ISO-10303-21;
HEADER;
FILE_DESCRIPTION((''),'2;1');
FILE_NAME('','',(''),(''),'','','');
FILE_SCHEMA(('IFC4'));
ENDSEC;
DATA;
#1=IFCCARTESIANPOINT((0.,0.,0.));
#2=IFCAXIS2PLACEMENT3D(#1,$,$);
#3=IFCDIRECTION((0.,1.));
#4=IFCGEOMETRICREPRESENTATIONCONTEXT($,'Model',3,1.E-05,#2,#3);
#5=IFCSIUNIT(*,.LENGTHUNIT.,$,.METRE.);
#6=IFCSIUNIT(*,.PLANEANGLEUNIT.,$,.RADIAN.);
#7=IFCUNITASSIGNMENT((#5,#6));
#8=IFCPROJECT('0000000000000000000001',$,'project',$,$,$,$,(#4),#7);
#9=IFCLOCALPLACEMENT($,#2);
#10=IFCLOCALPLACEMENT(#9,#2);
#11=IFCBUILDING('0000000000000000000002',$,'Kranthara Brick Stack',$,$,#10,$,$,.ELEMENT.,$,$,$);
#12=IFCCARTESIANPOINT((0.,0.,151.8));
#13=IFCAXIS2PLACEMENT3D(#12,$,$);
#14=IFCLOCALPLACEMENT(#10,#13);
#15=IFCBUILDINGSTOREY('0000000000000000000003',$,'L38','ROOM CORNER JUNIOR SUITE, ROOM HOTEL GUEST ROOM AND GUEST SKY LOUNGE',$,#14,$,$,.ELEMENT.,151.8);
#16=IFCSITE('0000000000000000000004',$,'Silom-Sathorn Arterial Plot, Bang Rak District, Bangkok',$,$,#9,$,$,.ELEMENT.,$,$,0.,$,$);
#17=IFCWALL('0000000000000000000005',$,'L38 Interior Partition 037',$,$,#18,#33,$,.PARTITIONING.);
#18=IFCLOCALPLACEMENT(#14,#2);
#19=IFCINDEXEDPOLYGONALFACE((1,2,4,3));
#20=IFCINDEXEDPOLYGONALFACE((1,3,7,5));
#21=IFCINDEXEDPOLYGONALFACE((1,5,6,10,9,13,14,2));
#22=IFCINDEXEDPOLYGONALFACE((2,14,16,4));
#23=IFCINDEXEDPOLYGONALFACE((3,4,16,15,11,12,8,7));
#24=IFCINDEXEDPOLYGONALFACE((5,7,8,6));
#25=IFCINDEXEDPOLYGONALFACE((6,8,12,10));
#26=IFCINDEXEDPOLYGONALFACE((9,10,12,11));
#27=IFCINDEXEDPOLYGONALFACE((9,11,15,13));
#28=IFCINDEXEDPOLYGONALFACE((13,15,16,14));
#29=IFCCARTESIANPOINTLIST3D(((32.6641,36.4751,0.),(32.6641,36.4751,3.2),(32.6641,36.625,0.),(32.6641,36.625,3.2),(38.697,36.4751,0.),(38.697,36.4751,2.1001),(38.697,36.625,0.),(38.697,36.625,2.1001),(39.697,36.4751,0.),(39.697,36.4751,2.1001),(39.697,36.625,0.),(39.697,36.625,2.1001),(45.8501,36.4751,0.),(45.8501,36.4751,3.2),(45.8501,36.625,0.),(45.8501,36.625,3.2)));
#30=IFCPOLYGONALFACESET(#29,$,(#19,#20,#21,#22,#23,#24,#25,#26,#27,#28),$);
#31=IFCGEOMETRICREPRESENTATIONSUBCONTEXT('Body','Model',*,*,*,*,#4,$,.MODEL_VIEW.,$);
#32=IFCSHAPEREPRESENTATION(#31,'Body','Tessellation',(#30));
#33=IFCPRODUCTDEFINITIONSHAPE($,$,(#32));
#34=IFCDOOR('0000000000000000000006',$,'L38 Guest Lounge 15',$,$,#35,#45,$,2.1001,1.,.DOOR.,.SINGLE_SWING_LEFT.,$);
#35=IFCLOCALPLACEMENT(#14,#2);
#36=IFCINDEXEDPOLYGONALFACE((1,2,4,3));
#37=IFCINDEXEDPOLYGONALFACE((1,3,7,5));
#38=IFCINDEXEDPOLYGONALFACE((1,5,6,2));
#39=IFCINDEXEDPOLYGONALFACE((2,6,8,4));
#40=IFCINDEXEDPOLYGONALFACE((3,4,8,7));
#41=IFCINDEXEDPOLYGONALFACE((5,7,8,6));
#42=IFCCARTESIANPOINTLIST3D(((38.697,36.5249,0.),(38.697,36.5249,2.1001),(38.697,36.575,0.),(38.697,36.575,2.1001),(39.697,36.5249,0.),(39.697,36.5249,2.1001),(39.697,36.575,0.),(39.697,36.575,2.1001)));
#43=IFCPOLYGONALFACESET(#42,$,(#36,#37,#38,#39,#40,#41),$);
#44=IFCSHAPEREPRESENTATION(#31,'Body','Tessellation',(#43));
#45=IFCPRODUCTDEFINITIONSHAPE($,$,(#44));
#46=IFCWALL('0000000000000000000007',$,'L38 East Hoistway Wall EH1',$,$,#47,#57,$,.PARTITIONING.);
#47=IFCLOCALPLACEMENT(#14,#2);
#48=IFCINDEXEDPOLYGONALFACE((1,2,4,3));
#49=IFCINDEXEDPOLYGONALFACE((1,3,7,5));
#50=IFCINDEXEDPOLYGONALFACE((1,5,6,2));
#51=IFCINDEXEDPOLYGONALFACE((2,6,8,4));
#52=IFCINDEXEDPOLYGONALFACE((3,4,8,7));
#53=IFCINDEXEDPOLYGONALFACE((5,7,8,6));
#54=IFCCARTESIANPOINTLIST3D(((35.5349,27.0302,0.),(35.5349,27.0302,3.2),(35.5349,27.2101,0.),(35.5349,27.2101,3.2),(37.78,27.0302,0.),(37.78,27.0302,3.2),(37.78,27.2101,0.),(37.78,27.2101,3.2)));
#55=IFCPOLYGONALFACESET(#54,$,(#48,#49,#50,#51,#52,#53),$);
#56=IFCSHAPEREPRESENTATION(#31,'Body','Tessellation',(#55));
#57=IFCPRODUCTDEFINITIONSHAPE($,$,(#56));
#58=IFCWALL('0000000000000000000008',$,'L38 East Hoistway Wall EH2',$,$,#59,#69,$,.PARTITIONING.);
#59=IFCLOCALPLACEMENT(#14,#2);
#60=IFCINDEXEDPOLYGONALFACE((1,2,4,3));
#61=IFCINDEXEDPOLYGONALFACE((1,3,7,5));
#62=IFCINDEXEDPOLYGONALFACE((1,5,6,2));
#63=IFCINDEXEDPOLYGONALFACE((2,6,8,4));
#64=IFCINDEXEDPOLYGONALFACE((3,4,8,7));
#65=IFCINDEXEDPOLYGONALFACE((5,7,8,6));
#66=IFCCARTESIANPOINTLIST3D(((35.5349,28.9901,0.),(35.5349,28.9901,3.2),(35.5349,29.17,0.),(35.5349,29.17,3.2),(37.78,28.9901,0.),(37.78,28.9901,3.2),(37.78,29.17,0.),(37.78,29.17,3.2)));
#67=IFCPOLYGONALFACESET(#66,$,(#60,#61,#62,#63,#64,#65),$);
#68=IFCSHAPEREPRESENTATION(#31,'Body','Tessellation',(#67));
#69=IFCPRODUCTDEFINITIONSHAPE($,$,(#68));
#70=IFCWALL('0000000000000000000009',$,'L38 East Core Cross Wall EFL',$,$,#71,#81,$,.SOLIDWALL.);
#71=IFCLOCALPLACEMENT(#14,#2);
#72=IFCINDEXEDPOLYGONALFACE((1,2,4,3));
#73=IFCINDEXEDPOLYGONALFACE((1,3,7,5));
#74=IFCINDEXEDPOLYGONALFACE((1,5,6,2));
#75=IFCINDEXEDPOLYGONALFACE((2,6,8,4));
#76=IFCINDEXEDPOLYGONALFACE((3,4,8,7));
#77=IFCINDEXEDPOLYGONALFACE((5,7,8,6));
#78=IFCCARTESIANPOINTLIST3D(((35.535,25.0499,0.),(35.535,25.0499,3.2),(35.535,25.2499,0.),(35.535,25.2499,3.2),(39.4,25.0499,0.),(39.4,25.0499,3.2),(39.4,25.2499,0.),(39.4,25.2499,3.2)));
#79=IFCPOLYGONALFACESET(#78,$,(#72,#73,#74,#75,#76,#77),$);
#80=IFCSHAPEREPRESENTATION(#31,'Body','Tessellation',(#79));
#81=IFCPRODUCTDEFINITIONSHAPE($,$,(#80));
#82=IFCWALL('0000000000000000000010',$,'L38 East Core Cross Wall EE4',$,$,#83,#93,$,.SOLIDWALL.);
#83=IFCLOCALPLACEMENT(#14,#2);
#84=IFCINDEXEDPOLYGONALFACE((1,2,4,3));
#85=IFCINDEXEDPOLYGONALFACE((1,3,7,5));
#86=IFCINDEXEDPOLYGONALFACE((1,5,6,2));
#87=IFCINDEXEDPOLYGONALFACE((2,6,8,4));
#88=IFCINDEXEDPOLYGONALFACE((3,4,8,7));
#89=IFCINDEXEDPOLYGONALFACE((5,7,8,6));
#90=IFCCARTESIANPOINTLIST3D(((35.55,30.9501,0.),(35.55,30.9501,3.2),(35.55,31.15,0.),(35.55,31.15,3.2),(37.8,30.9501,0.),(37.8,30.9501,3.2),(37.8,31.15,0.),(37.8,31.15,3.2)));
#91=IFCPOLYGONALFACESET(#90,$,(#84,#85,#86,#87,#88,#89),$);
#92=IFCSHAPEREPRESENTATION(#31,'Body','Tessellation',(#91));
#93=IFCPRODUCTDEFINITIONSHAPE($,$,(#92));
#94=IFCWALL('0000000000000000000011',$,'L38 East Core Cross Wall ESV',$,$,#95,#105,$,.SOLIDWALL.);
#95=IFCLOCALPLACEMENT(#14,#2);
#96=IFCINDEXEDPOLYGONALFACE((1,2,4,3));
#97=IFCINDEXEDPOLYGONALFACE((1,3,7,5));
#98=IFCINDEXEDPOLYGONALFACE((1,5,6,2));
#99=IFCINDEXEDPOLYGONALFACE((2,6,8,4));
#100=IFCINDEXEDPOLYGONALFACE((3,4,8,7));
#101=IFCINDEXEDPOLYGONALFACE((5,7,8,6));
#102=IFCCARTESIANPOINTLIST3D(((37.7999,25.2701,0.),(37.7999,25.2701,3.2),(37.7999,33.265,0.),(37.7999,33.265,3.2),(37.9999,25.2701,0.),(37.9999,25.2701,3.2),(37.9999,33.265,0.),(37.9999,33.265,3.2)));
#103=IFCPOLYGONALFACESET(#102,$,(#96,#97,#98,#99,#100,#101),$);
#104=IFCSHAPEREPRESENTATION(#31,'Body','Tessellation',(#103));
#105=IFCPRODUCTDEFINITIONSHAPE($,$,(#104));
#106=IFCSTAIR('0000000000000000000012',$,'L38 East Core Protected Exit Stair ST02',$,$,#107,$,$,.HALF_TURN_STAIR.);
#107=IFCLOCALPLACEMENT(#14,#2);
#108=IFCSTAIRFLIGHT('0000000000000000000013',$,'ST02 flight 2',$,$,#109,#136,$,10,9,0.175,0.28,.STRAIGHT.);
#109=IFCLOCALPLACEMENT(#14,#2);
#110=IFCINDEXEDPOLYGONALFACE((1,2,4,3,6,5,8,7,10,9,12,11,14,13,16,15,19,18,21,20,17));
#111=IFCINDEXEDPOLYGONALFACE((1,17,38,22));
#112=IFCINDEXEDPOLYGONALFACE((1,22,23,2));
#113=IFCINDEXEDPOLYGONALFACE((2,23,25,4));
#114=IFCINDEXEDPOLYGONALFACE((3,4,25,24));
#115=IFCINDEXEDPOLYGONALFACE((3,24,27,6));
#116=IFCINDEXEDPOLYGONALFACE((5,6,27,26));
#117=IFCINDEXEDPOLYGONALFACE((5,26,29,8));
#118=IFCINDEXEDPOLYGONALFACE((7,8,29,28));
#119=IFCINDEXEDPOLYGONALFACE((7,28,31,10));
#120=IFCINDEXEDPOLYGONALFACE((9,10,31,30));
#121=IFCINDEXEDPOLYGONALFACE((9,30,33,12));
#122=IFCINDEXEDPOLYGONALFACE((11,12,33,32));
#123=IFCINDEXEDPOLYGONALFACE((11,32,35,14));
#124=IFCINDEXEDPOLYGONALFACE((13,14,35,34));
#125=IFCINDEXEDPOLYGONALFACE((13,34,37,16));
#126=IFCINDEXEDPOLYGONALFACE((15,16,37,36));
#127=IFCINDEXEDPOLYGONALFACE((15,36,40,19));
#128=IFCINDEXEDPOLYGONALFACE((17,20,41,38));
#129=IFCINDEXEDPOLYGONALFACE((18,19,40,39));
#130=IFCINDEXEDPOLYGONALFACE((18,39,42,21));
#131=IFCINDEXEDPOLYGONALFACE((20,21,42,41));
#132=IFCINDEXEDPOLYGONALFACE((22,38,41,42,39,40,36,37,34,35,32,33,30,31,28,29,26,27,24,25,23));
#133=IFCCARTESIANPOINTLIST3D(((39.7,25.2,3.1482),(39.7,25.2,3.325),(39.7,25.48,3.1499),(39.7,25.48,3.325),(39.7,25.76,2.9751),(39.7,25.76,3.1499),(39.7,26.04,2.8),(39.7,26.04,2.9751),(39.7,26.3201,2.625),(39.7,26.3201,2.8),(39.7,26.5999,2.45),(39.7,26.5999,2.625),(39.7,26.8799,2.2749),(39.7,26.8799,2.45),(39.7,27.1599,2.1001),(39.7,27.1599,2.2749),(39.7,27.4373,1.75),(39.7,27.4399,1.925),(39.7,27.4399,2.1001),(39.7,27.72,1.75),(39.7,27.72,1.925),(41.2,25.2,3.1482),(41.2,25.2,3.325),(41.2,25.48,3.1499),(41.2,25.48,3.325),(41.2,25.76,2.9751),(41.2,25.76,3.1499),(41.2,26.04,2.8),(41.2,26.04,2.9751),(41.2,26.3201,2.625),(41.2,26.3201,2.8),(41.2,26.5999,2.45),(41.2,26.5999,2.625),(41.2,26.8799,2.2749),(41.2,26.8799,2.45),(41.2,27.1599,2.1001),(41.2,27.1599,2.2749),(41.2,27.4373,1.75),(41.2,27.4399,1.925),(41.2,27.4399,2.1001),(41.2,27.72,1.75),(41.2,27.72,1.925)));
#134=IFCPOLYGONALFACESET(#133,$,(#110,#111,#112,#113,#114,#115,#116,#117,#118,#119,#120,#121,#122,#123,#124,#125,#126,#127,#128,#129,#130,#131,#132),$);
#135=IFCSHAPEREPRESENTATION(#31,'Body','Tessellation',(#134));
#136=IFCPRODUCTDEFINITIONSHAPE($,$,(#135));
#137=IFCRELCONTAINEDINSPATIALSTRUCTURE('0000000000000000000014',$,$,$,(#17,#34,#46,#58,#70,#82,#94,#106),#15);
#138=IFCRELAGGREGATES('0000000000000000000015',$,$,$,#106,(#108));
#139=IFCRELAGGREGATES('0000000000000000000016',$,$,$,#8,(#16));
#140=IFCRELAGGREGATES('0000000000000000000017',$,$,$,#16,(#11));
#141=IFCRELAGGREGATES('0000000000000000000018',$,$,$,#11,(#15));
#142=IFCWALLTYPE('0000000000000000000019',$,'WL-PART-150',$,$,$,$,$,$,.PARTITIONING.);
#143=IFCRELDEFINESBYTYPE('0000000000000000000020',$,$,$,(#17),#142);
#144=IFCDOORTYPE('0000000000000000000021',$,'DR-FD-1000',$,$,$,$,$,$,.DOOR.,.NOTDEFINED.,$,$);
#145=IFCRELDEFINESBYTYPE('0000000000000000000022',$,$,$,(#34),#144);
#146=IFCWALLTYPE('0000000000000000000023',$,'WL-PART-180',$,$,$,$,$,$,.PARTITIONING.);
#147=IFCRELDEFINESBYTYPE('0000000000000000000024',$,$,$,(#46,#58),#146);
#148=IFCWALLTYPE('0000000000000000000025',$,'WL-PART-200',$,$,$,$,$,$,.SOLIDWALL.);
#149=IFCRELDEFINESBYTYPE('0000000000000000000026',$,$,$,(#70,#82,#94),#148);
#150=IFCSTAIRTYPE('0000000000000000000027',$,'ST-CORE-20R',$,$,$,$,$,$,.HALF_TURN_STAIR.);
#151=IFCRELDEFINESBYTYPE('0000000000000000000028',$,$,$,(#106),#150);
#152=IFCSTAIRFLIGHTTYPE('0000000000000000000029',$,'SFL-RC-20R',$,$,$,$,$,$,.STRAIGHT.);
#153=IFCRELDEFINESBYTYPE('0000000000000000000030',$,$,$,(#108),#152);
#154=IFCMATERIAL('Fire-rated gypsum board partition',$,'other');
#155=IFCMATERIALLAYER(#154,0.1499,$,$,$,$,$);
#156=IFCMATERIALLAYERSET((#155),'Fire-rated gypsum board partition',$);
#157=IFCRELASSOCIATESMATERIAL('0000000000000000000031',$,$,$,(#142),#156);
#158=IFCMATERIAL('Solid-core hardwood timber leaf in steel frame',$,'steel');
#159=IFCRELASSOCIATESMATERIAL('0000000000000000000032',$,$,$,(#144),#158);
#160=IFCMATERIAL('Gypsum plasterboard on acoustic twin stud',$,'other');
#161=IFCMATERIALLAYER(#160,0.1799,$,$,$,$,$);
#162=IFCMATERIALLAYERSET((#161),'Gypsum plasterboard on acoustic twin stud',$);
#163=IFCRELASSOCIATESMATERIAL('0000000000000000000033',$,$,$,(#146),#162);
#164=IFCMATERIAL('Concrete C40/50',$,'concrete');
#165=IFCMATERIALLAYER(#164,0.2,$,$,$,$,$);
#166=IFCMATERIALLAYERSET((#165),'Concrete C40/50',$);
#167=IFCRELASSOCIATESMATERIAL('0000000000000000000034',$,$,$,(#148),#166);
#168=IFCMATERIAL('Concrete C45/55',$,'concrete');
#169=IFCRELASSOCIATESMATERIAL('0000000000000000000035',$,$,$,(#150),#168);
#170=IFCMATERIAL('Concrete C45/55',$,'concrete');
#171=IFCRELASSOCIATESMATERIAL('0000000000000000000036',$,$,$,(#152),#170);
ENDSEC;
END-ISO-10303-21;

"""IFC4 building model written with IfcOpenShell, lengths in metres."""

from ifc_helpers import new_model, si_unit, direction, frame, frame_2d, origin, place, context, subcontext, project, spatial, polyline, rectangle, outline, extrude, material, layer, layer_set, type_object, element, fill, aggregate, save


model = new_model("IFC4")

# Units and contexts
model_context = context("Model", 3, precision=1e-05, world=origin(), true_north=direction((0.0, 1.0)))
body_context = subcontext(model_context, "Body", "Model", "MODEL_VIEW")
ifc_project = project(units=[si_unit("LENGTHUNIT", "METRE"), si_unit("PLANEANGLEUNIT", "RADIAN")], contexts=[model_context])

# Site, building, storey
site_placement = place(None, origin())
site = spatial("IfcSite", under=ifc_project, at=site_placement, Name="Silom-Sathorn Arterial Plot, Bang Rak District, Bangkok", CompositionType="ELEMENT", RefElevation=0.0)
building_placement = place(site_placement, origin())
building = spatial("IfcBuilding", under=site, at=building_placement, Name="Kranthara Brick Stack", CompositionType="ELEMENT")
storey_placement = place(building_placement, frame((0.0, 0.0, 151.8)))
storey = spatial("IfcBuildingStorey", under=building, at=storey_placement, Name="L38", Description="ROOM CORNER JUNIOR SUITE, ROOM HOTEL GUEST ROOM AND GUEST SKY LOUNGE", CompositionType="ELEMENT", Elevation=151.8)

# Shared definitions
ifc_material_1 = material(Name="Fire-rated gypsum board partition", Category="other")
ifc_layer_1 = layer(ifc_material_1, 0.1499)
ifc_layer_set_1 = layer_set([ifc_layer_1], Name="Fire-rated gypsum board partition")
wall_type_1 = type_object("IfcWallType", Name="WL-PART-150", PredefinedType="PARTITIONING", material=ifc_layer_set_1)

# Wall, opening, door
wall_1_placement = place(storey_placement, frame((32.6641, 36.55, 0.0), z_axis=(0.0, 0.0, 1.0), x_axis=(1.0, 0.0, 0.0)))
wall_1 = element("IfcWall", 1, at=wall_1_placement, inside=storey, type_object=wall_type_1, Name="L38 Interior Partition 037", PredefinedType="PARTITIONING", context=body_context, shape_type="SweptSolid", body=[
    extrude(rectangle(XDim=13.186, YDim=0.1499, at=frame_2d((6.593, 0.0))), origin(), (0.0, 0.0, 1.0), 3.2),
])
opening_1_placement = place(wall_1_placement, frame((6.033, 0.0, 0.0)))
opening_1 = element("IfcOpeningElement", 2, at=opening_1_placement, cuts=wall_1, PredefinedType="OPENING", context=body_context, shape_type="SweptSolid", body=[
    extrude(rectangle(XDim=1.0, YDim=2.1001, at=frame_2d((0.5, 1.05))), frame((0.0, 0.085, 0.0), z_axis=(0.0, -1.0, 0.0), x_axis=(1.0, 0.0, 0.0)), (0.0, 0.0, 1.0), 0.1699),
])
ifc_material_2 = material(Name="Solid-core hardwood timber leaf in steel frame", Category="steel")
door_type_1 = type_object("IfcDoorType", Name="DR-FD-1000", OperationType="NOTDEFINED", PredefinedType="DOOR", material=ifc_material_2)
door_1_placement = place(opening_1_placement, origin())
door_1 = element("IfcDoor", 3, at=door_1_placement, inside=storey, type_object=door_type_1, Name="L38 Guest Lounge 15", OperationType="SINGLE_SWING_LEFT", OverallHeight=2.1001, OverallWidth=1.0, PredefinedType="DOOR", context=body_context, shape_type="SweptSolid", body=[
    extrude(rectangle(XDim=1.0, YDim=2.1001, at=frame_2d((0.5, 1.05))), frame((0.0, 0.0249, 0.0), z_axis=(0.0, -1.0, 0.0), x_axis=(1.0, 0.0, 0.0)), (0.0, 0.0, 1.0), 0.05),
])
fill(opening_1, door_1)

# Walls
ifc_material_3 = material(Name="Gypsum plasterboard on acoustic twin stud", Category="other")
ifc_layer_2 = layer(ifc_material_3, 0.1799)
ifc_layer_set_2 = layer_set([ifc_layer_2], Name="Gypsum plasterboard on acoustic twin stud")
wall_type_2 = type_object("IfcWallType", Name="WL-PART-180", PredefinedType="PARTITIONING", material=ifc_layer_set_2)
for number, where, z_axis, x_axis, name in (
    (4, (35.5349, 27.1201, 0.0), (0.0, 0.0, 1.0), (1.0, 0.0, 0.0), "L38 East Hoistway Wall EH1"),
    (5, (35.5349, 29.0801, 0.0), (0.0, 0.0, 1.0), (1.0, 0.0, 0.0), "L38 East Hoistway Wall EH2"),
):
    element("IfcWall", number, at=place(storey_placement, frame(where, z_axis=z_axis, x_axis=x_axis)), inside=storey, type_object=wall_type_2, Name=name, PredefinedType="PARTITIONING", context=body_context, shape_type="SweptSolid", body=[
        extrude(rectangle(XDim=2.2451, YDim=0.1799, at=frame_2d((1.1226, 0.0))), origin(), (0.0, 0.0, 1.0), 3.2),
    ])
ifc_material_4 = material(Name="Concrete C40/50", Category="concrete")
ifc_layer_3 = layer(ifc_material_4, 0.2)
ifc_layer_set_3 = layer_set([ifc_layer_3], Name="Concrete C40/50")
wall_type_3 = type_object("IfcWallType", Name="WL-PART-200", PredefinedType="SOLIDWALL", material=ifc_layer_set_3)
wall_2_placement = place(storey_placement, frame((35.5349, 25.1499, 0.0), z_axis=(0.0, 0.0, 1.0), x_axis=(1.0, 0.0, 0.0)))
element("IfcWall", 6, at=wall_2_placement, inside=storey, type_object=wall_type_3, Name="L38 East Core Cross Wall EFL", PredefinedType="SOLIDWALL", context=body_context, shape_type="SweptSolid", body=[
    extrude(rectangle(XDim=3.865, YDim=0.2, at=frame_2d((1.9326, 0.0))), origin(), (0.0, 0.0, 1.0), 3.2),
])
wall_3_placement = place(storey_placement, frame((35.55, 31.05, 0.0), z_axis=(0.0, 0.0, 1.0), x_axis=(1.0, 0.0, 0.0)))
element("IfcWall", 7, at=wall_3_placement, inside=storey, type_object=wall_type_3, Name="L38 East Core Cross Wall EE4", PredefinedType="SOLIDWALL", context=body_context, shape_type="SweptSolid", body=[
    extrude(rectangle(XDim=2.25, YDim=0.2, at=frame_2d((1.125, 0.0))), origin(), (0.0, 0.0, 1.0), 3.2),
])
wall_4_placement = place(storey_placement, frame((37.8999, 25.27, 0.0), z_axis=(0.0, 0.0, 1.0), x_axis=(0.0, 1.0, 0.0)))
element("IfcWall", 8, at=wall_4_placement, inside=storey, type_object=wall_type_3, Name="L38 East Core Cross Wall ESV", PredefinedType="SOLIDWALL", context=body_context, shape_type="SweptSolid", body=[
    extrude(rectangle(XDim=7.9949, YDim=0.2, at=frame_2d((3.9976, 0.0))), origin(), (0.0, 0.0, 1.0), 3.2),
])

# Stair, stair flight
ifc_material_5 = material(Name="Concrete C45/55", Category="concrete")
stair_type = type_object("IfcStairType", Name="ST-CORE-20R", PredefinedType="HALF_TURN_STAIR", material=ifc_material_5)
stair_placement = place(storey_placement, origin())
stair = element("IfcStair", 9, at=stair_placement, inside=storey, type_object=stair_type, Name="L38 East Core Protected Exit Stair ST02", PredefinedType="HALF_TURN_STAIR")
ifc_material_6 = material(Name="Concrete C45/55", Category="concrete")
stair_flight_type = type_object("IfcStairFlightType", Name="SFL-RC-20R", PredefinedType="STRAIGHT", material=ifc_material_6)
stair_flight_placement = place(storey_placement, frame((40.45, 27.72, 1.75), z_axis=(0.0, 0.0, 1.0), x_axis=(0.0, -1.0, 0.0)))
stair_flight = element("IfcStairFlight", 10, at=stair_flight_placement, type_object=stair_flight_type, Name="ST02 flight 2", NumberOfRisers=10, NumberOfTreads=9, PredefinedType="STRAIGHT", RiserHeight=0.175, TreadLength=0.28, context=body_context, shape_type="SweptSolid", body=[
    extrude(outline(polyline([(0.0, 0.0), (0.0, 0.175), (0.28, 0.175), (0.28, 0.3501), (0.5601, 0.3501), (0.5601, 0.5249), (0.8401, 0.5249), (0.8401, 0.7), (1.1201, 0.7), (1.1201, 0.875), (1.3999, 0.875), (1.3999, 1.05), (1.6799, 1.05), (1.6799, 1.2251), (1.96, 1.2251), (1.96, 1.3999), (2.24, 1.3999), (2.24, 1.575), (2.52, 1.575), (2.52, 1.75), (2.52, 1.3982), (0.2827, 0.0), (0.0, 0.0)])), frame((0.0, 0.75, 0.0), z_axis=(0.0, -1.0, 0.0), x_axis=(1.0, 0.0, 0.0)), (0.0, 0.0, 1.0), 1.5),
])
aggregate(stair, [stair_flight])

save(model, "model.ifc")
